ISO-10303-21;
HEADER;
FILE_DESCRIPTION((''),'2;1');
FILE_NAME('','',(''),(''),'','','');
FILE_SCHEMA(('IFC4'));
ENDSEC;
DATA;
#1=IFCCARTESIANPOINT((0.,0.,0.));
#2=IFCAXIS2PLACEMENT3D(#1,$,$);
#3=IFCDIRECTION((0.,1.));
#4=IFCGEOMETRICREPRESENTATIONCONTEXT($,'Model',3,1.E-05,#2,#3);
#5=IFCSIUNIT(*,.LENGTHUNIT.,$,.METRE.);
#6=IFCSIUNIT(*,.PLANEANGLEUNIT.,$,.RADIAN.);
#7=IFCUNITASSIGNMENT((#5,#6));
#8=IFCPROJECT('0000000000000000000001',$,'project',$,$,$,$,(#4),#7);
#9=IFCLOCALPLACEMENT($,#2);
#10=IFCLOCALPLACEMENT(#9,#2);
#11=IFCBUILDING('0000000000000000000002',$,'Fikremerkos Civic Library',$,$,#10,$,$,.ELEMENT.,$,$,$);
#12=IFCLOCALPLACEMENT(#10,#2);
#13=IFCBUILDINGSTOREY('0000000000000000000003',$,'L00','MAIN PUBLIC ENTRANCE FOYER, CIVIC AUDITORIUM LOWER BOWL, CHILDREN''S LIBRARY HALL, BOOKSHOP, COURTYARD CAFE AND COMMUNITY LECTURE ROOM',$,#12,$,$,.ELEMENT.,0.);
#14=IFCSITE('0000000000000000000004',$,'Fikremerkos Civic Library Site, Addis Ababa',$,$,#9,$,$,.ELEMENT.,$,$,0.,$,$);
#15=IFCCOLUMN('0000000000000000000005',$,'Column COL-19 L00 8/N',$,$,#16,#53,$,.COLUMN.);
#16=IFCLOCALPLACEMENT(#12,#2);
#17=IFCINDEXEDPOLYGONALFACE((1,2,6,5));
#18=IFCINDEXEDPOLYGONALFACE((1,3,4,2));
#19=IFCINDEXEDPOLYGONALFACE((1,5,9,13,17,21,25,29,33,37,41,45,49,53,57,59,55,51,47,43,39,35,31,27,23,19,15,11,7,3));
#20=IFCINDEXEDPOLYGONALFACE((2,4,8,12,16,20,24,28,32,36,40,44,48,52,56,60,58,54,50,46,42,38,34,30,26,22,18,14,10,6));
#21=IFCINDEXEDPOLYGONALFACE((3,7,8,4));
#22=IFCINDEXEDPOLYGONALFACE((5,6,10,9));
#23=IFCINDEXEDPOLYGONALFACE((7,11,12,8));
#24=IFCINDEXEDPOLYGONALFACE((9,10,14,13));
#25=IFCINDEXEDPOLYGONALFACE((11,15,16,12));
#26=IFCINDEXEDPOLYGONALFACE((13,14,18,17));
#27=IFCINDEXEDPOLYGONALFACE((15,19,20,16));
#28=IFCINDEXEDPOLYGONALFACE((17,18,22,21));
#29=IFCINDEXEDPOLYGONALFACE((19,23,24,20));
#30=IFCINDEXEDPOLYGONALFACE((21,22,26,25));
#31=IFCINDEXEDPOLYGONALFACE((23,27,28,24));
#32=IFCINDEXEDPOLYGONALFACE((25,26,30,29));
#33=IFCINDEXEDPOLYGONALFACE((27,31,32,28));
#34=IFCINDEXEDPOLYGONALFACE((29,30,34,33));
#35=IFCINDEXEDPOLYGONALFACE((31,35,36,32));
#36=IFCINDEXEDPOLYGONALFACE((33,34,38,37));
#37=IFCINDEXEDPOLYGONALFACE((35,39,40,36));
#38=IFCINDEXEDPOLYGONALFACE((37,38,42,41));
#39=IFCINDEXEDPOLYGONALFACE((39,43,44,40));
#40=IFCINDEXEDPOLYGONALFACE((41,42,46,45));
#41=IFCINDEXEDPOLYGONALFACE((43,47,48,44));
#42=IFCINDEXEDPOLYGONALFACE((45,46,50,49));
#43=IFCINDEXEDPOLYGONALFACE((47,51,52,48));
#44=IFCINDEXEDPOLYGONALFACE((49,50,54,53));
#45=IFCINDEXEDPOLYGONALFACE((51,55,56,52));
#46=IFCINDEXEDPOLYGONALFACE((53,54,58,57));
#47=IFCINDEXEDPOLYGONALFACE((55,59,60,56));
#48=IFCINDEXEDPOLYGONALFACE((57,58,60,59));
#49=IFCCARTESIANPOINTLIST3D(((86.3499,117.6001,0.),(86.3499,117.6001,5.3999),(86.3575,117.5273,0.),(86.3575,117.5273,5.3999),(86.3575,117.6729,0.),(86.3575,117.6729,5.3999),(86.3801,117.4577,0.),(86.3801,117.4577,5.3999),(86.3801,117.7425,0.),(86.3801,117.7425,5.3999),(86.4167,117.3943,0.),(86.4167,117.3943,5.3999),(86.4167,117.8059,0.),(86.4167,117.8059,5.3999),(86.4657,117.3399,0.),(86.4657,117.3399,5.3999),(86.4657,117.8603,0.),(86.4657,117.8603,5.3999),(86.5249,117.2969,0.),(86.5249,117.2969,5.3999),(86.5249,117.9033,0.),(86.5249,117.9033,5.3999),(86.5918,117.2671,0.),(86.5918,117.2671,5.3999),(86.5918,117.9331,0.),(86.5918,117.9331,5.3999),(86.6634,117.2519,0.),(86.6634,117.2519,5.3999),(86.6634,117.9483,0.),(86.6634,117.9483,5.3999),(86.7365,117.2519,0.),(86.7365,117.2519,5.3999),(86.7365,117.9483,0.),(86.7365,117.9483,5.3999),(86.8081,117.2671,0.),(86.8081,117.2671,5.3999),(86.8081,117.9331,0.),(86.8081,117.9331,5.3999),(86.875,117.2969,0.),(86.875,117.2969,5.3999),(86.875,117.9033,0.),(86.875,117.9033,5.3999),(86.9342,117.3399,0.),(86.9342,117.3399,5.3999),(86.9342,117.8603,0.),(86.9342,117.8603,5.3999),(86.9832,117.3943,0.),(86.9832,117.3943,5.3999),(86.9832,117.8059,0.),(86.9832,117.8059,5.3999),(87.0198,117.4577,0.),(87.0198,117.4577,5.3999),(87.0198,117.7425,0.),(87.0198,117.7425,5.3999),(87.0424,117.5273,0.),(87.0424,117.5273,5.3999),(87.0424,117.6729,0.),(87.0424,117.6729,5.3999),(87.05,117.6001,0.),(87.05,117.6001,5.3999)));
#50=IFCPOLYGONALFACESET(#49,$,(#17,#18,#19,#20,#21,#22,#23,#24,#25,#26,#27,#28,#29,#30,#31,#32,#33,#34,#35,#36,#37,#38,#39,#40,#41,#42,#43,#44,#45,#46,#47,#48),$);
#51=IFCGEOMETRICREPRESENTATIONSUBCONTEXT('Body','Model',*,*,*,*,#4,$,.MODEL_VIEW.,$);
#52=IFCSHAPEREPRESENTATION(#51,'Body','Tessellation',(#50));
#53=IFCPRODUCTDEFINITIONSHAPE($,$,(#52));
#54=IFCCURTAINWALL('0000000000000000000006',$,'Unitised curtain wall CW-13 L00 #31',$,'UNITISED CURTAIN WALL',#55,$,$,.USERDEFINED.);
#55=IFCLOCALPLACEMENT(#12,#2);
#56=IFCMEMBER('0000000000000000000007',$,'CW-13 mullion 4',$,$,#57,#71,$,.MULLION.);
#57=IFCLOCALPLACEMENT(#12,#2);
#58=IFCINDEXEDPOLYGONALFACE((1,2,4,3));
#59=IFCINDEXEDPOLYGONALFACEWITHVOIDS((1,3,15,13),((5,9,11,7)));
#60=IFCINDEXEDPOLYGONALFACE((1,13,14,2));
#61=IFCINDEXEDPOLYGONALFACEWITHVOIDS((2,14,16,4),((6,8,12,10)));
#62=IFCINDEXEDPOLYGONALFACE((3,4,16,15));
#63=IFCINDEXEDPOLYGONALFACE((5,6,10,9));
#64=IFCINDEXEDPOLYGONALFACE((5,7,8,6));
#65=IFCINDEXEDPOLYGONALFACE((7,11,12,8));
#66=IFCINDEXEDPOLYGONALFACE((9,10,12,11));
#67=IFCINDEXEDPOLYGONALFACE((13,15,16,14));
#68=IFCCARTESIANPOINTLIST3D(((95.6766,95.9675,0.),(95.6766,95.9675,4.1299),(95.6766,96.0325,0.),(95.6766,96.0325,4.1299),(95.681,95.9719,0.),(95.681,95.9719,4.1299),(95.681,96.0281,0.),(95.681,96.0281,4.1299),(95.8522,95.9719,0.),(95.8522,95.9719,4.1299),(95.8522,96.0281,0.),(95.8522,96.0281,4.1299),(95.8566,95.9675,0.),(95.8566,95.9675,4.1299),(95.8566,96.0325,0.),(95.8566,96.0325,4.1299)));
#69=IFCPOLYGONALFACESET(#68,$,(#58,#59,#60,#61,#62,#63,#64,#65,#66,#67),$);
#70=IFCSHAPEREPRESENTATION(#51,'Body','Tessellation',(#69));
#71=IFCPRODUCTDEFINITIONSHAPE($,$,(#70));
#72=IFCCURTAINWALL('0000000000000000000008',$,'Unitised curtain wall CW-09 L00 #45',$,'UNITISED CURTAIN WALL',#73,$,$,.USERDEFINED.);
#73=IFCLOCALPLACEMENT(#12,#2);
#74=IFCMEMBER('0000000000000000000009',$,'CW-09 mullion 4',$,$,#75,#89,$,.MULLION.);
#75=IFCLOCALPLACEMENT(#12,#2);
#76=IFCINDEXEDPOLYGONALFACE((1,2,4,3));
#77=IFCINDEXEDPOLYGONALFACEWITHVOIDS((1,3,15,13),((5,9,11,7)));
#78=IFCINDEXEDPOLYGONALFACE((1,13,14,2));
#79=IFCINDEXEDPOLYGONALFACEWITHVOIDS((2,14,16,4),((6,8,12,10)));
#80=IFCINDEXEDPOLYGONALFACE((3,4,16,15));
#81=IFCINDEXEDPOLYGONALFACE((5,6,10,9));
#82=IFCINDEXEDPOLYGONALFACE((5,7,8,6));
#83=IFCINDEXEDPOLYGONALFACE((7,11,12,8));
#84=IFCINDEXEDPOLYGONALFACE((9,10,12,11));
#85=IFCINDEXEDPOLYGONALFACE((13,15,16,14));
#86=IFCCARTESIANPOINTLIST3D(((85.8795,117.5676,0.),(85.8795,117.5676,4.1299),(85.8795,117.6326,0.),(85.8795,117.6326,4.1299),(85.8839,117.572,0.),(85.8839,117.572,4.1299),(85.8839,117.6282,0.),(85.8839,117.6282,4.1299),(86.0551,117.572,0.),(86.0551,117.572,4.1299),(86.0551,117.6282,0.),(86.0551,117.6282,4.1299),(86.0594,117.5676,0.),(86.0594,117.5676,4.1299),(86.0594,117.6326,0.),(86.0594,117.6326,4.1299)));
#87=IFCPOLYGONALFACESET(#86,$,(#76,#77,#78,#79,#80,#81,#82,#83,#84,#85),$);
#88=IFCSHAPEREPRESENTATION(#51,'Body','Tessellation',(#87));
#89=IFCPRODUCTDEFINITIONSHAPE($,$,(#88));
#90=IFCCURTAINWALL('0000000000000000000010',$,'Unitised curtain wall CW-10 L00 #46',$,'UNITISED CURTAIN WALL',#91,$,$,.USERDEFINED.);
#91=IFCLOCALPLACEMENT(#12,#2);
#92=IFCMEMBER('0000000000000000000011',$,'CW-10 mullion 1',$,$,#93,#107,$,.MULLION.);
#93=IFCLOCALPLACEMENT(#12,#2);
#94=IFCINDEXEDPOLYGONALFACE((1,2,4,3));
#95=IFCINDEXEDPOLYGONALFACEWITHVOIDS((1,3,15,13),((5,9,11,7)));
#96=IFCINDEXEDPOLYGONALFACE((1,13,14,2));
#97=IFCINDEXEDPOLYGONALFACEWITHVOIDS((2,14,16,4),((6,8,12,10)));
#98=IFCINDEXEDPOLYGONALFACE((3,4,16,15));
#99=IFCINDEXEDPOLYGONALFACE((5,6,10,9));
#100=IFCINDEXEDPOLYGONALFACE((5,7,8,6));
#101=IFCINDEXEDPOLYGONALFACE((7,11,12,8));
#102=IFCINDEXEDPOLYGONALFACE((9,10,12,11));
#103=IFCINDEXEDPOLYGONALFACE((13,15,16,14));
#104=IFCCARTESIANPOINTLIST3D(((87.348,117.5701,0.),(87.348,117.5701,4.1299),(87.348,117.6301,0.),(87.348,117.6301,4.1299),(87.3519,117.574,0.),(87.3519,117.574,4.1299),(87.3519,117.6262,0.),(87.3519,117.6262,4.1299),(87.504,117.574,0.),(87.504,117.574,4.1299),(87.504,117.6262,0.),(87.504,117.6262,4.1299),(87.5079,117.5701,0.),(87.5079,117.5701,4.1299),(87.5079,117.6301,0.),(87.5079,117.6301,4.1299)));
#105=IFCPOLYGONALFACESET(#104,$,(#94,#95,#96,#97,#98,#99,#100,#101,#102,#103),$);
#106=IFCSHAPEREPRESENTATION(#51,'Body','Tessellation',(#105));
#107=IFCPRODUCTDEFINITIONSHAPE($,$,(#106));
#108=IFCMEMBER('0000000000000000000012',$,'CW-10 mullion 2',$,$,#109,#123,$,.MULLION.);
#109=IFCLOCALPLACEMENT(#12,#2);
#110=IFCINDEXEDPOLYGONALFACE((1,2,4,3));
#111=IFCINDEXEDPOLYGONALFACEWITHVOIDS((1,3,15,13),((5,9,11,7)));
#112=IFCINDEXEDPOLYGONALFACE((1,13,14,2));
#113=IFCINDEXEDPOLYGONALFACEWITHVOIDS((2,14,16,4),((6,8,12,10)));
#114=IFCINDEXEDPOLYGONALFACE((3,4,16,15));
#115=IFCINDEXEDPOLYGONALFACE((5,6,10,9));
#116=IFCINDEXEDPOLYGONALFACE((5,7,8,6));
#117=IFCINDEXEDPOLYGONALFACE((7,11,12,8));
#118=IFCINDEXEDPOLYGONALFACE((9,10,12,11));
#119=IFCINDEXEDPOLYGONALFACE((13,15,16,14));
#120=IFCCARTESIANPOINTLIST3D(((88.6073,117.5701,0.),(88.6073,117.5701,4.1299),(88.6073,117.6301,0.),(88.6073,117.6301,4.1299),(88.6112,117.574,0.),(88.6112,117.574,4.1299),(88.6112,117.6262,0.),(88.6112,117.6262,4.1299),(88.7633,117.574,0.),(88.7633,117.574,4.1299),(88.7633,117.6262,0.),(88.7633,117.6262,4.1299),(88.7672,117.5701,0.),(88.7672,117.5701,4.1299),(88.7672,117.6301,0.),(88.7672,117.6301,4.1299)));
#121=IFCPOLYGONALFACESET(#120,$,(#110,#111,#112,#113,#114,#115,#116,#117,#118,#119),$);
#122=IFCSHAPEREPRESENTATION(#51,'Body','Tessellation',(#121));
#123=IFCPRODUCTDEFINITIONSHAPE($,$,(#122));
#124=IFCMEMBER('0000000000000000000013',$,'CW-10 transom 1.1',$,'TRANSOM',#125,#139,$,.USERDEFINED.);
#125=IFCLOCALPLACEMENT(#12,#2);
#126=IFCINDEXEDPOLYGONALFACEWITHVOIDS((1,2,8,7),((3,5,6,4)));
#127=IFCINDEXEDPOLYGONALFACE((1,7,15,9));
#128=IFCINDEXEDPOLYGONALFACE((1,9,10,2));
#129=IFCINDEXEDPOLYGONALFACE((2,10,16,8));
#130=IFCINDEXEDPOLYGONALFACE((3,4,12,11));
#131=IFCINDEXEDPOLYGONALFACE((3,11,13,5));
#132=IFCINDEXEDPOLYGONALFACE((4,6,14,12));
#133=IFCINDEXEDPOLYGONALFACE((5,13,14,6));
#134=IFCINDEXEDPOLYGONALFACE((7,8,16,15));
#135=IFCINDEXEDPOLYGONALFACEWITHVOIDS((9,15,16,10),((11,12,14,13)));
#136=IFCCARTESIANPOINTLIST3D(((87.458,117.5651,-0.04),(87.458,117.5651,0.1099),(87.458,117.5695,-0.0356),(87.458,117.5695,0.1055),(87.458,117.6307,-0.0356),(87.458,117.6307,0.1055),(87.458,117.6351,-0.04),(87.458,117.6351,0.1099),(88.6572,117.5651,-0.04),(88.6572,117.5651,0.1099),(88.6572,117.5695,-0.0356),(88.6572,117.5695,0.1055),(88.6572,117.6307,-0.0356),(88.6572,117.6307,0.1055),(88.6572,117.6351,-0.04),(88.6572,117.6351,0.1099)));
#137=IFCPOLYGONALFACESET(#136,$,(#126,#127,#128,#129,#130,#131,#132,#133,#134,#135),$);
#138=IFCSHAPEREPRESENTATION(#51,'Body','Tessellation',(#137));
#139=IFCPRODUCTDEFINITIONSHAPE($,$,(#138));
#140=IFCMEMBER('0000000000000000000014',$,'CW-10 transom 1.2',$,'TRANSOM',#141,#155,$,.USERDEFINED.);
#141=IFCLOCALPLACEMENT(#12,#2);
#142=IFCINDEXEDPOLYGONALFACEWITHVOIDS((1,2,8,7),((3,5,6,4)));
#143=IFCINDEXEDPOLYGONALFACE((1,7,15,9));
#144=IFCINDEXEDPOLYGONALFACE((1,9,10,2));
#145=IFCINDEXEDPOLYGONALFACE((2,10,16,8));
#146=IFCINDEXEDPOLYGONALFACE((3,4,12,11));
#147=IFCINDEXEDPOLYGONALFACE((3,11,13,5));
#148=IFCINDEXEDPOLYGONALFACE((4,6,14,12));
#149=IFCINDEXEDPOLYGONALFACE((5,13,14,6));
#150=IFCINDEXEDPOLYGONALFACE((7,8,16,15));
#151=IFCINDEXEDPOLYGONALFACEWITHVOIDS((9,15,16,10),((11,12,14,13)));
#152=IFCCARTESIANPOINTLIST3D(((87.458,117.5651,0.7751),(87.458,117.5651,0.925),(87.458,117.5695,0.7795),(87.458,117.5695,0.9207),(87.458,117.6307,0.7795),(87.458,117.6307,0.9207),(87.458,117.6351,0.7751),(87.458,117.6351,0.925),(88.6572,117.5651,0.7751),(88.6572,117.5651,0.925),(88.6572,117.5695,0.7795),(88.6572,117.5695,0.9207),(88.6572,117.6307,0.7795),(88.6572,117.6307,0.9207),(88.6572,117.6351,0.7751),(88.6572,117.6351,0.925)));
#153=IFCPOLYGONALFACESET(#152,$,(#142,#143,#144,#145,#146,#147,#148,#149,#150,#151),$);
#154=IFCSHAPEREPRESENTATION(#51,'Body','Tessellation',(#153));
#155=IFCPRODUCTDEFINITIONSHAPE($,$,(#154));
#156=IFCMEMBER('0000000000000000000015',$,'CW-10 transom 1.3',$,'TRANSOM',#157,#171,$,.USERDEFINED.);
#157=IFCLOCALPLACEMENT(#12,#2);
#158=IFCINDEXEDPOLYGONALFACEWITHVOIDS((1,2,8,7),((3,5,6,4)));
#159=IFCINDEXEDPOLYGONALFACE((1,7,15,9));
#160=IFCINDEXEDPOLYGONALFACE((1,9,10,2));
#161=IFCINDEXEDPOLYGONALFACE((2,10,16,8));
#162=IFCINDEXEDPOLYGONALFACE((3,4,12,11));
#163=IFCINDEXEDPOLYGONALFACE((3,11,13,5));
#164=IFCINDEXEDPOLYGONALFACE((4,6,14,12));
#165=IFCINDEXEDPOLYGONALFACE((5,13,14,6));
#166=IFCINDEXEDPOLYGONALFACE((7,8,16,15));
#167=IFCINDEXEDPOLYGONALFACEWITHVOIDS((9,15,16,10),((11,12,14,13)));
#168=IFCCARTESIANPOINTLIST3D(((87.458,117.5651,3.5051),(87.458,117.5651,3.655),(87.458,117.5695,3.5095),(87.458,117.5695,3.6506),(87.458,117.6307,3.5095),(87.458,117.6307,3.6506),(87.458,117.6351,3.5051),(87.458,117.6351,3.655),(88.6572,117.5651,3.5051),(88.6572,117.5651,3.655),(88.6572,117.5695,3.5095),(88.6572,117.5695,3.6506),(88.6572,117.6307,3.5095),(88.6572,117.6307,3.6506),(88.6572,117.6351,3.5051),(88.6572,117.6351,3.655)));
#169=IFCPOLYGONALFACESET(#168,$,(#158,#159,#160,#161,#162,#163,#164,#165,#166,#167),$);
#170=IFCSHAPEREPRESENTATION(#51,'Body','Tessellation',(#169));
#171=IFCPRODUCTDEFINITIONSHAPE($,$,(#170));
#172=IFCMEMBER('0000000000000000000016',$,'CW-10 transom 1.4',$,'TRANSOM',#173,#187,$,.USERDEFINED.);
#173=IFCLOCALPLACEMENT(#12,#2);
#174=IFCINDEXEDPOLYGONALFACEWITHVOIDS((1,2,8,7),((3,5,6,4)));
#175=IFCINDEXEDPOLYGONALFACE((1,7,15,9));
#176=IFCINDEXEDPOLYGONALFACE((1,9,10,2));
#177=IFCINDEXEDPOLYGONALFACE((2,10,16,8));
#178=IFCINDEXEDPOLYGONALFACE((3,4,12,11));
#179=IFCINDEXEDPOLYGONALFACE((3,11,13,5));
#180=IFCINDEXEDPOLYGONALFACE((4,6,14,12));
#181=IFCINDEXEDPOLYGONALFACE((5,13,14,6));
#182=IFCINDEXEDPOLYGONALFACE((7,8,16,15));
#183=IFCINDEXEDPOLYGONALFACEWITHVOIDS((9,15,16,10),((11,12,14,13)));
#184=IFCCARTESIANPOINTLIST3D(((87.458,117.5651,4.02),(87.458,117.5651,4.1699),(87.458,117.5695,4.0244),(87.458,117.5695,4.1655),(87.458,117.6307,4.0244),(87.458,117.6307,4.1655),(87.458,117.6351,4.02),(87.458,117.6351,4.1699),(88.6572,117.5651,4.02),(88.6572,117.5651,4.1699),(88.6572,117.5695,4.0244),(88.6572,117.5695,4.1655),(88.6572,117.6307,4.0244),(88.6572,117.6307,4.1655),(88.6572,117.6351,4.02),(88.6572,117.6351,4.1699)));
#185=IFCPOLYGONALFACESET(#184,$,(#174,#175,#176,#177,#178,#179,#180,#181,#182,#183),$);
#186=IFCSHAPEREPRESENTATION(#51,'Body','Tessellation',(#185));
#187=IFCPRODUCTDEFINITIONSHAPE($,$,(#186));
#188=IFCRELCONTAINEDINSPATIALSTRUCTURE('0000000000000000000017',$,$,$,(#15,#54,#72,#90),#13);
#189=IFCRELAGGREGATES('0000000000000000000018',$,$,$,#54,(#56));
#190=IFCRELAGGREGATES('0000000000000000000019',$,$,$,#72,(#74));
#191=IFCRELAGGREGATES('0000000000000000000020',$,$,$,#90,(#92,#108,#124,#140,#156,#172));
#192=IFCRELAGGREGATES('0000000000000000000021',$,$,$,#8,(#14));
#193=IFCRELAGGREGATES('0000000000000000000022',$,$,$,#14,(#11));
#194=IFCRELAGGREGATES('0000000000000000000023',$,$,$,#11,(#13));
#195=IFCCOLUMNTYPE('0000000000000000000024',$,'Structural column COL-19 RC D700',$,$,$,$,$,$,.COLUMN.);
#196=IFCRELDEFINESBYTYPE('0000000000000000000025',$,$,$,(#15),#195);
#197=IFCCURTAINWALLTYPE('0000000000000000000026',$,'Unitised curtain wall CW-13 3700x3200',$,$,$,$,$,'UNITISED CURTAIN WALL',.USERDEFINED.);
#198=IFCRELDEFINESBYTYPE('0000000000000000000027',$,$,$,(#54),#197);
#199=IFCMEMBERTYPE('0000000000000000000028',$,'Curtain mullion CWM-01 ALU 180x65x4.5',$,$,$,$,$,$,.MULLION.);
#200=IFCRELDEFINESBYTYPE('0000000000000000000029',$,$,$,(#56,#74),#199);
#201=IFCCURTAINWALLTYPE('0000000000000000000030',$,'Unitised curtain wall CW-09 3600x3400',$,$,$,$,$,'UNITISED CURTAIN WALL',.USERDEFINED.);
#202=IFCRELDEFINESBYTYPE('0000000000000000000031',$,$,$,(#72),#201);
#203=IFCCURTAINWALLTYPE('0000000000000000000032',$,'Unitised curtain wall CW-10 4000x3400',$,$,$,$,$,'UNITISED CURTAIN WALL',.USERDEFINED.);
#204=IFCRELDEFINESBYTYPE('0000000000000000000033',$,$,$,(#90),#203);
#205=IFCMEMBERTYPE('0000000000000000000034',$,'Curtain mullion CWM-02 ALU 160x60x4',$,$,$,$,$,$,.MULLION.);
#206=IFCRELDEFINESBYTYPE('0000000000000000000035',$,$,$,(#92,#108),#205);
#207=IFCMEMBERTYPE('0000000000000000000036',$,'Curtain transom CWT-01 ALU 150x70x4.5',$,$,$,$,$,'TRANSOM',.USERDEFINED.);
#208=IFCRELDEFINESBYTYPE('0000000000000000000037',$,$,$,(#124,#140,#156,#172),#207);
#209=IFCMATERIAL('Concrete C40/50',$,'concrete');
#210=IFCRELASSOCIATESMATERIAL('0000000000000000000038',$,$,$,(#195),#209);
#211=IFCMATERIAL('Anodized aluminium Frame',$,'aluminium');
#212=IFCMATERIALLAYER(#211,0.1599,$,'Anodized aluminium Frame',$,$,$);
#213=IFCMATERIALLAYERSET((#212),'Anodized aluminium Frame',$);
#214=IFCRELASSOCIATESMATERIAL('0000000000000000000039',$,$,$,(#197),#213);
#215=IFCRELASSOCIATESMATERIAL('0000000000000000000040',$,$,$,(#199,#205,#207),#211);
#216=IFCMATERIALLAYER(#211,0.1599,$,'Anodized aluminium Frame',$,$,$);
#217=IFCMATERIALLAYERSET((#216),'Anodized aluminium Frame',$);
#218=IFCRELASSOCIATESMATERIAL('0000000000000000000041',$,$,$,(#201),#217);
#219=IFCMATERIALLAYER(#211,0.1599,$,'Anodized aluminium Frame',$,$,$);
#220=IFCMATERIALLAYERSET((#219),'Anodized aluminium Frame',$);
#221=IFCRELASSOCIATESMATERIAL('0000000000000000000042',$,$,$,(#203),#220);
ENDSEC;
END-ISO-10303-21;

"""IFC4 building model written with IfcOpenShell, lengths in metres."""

from ifc_helpers import new_model, si_unit, direction, frame, origin, origin_2d, place, context, subcontext, project, spatial, hollow_rectangle, circle, extrude, material, layer, layer_set, material_profile, profile_set, type_object, element, aggregate, save


model = new_model("IFC4")

# Units and contexts
model_context = context("Model", 3, precision=1e-05, world=origin(), true_north=direction((0.0, 1.0)))
body_context = subcontext(model_context, "Body", "Model", "MODEL_VIEW")
ifc_project = project(units=[si_unit("LENGTHUNIT", "METRE"), si_unit("PLANEANGLEUNIT", "RADIAN")], contexts=[model_context])

# Site, building, storey
site_placement = place(None, origin())
site = spatial("IfcSite", under=ifc_project, at=site_placement, Name="Fikremerkos Civic Library Site, Addis Ababa", CompositionType="ELEMENT", RefElevation=0.0)
building_placement = place(site_placement, origin())
building = spatial("IfcBuilding", under=site, at=building_placement, Name="Fikremerkos Civic Library", CompositionType="ELEMENT")
storey_placement = place(building_placement, origin())
storey = spatial("IfcBuildingStorey", under=building, at=storey_placement, Name="L00", Description="MAIN PUBLIC ENTRANCE FOYER, CIVIC AUDITORIUM LOWER BOWL, CHILDREN'S LIBRARY HALL, BOOKSHOP, COURTYARD CAFE AND COMMUNITY LECTURE ROOM", CompositionType="ELEMENT", Elevation=0.0)

# Column
ifc_material_1 = material(Name="Concrete C40/50", Category="concrete")
ifc_material_profile_1 = material_profile(ifc_material_1, circle(Radius=0.3501, at=origin_2d()), Name="RC D700")
ifc_profile_set_1 = profile_set([ifc_material_profile_1], Name="Concrete C40/50")
column_type = type_object("IfcColumnType", Name="Structural column COL-19 RC D700", PredefinedType="COLUMN", material=ifc_profile_set_1)
column_placement = place(storey_placement, frame((86.7, 117.6001, 0.0), z_axis=(0.0, 0.0, 1.0), x_axis=(1.0, 0.0, 0.0)))
element("IfcColumn", 1, at=column_placement, inside=storey, type_object=column_type, Name="Column COL-19 L00 8/N", PredefinedType="COLUMN", context=body_context, shape_type="SweptSolid", body=[
    extrude(circle(Radius=0.3501, at=origin_2d()), origin(), (0.0, 0.0, 1.0), 5.3999),
])

# Curtain walls, members
ifc_material_2 = material(Name="Anodized aluminium Frame", Category="aluminium")
ifc_layer_1 = layer(ifc_material_2, 0.1599, Name="Anodized aluminium Frame")
ifc_layer_set_1 = layer_set([ifc_layer_1], Name="Anodized aluminium Frame")
curtain_wall_type_1 = type_object("IfcCurtainWallType", Name="Unitised curtain wall CW-13 3700x3200", ElementType="UNITISED CURTAIN WALL", PredefinedType="USERDEFINED", material=ifc_layer_set_1)
curtain_wall_1_placement = place(storey_placement, origin())
curtain_wall_1 = element("IfcCurtainWall", 2, at=curtain_wall_1_placement, inside=storey, type_object=curtain_wall_type_1, Name="Unitised curtain wall CW-13 L00 #31", ObjectType="UNITISED CURTAIN WALL", PredefinedType="USERDEFINED")
ifc_material_profile_2 = material_profile(ifc_material_2, hollow_rectangle(XDim=0.0649, YDim=0.1799, WallThickness=0.0044, at=origin_2d()), Name="ALU 180x65x4.5")
ifc_profile_set_2 = profile_set([ifc_material_profile_2], Name="Anodized aluminium Frame")
member_type_1 = type_object("IfcMemberType", Name="Curtain mullion CWM-01 ALU 180x65x4.5", PredefinedType="MULLION", material=ifc_profile_set_2)
member_1_placement = place(storey_placement, frame((95.7666, 96.0, 0.0), z_axis=(0.0, 0.0, 1.0), x_axis=(0.0, -1.0, 0.0)))
member_1 = element("IfcMember", 3, at=member_1_placement, type_object=member_type_1, Name="CW-13 mullion 4", PredefinedType="MULLION", context=body_context, shape_type="SweptSolid", body=[
    extrude(hollow_rectangle(XDim=0.0649, YDim=0.1799, WallThickness=0.0044, at=origin_2d()), origin(), (0.0, 0.0, 1.0), 4.1299),
])
ifc_layer_2 = layer(ifc_material_2, 0.1599, Name="Anodized aluminium Frame")
ifc_layer_set_2 = layer_set([ifc_layer_2], Name="Anodized aluminium Frame")
curtain_wall_type_2 = type_object("IfcCurtainWallType", Name="Unitised curtain wall CW-09 3600x3400", ElementType="UNITISED CURTAIN WALL", PredefinedType="USERDEFINED", material=ifc_layer_set_2)
curtain_wall_2_placement = place(storey_placement, origin())
curtain_wall_2 = element("IfcCurtainWall", 4, at=curtain_wall_2_placement, inside=storey, type_object=curtain_wall_type_2, Name="Unitised curtain wall CW-09 L00 #45", ObjectType="UNITISED CURTAIN WALL", PredefinedType="USERDEFINED")
member_2_placement = place(storey_placement, frame((85.9695, 117.6001, 0.0), z_axis=(0.0, 0.0, 1.0), x_axis=(0.0, 1.0, 0.0)))
member_2 = element("IfcMember", 5, at=member_2_placement, type_object=member_type_1, Name="CW-09 mullion 4", PredefinedType="MULLION", context=body_context, shape_type="SweptSolid", body=[
    extrude(hollow_rectangle(XDim=0.0649, YDim=0.1799, WallThickness=0.0044, at=origin_2d()), origin(), (0.0, 0.0, 1.0), 4.1299),
])

# Curtain wall, members
ifc_layer_3 = layer(ifc_material_2, 0.1599, Name="Anodized aluminium Frame")
ifc_layer_set_3 = layer_set([ifc_layer_3], Name="Anodized aluminium Frame")
curtain_wall_type_3 = type_object("IfcCurtainWallType", Name="Unitised curtain wall CW-10 4000x3400", ElementType="UNITISED CURTAIN WALL", PredefinedType="USERDEFINED", material=ifc_layer_set_3)
curtain_wall_3_placement = place(storey_placement, origin())
curtain_wall_3 = element("IfcCurtainWall", 6, at=curtain_wall_3_placement, inside=storey, type_object=curtain_wall_type_3, Name="Unitised curtain wall CW-10 L00 #46", ObjectType="UNITISED CURTAIN WALL", PredefinedType="USERDEFINED")
ifc_material_profile_3 = material_profile(ifc_material_2, hollow_rectangle(XDim=0.0601, YDim=0.1599, WallThickness=0.0039, at=origin_2d()), Name="ALU 160x60x4")
ifc_profile_set_3 = profile_set([ifc_material_profile_3], Name="Anodized aluminium Frame")
member_type_2 = type_object("IfcMemberType", Name="Curtain mullion CWM-02 ALU 160x60x4", PredefinedType="MULLION", material=ifc_profile_set_3)
member_3_placement = place(storey_placement, frame((87.428, 117.6001, 0.0), z_axis=(0.0, 0.0, 1.0), x_axis=(0.0, 1.0, 0.0)))
member_3 = element("IfcMember", 7, at=member_3_placement, type_object=member_type_2, Name="CW-10 mullion 1", PredefinedType="MULLION", context=body_context, shape_type="SweptSolid", body=[
    extrude(hollow_rectangle(XDim=0.0601, YDim=0.1599, WallThickness=0.0039, at=origin_2d()), origin(), (0.0, 0.0, 1.0), 4.1299),
])
member_4_placement = place(storey_placement, frame((88.6873, 117.6001, 0.0), z_axis=(0.0, 0.0, 1.0), x_axis=(0.0, 1.0, 0.0)))
member_4 = element("IfcMember", 8, at=member_4_placement, type_object=member_type_2, Name="CW-10 mullion 2", PredefinedType="MULLION", context=body_context, shape_type="SweptSolid", body=[
    extrude(hollow_rectangle(XDim=0.0601, YDim=0.1599, WallThickness=0.0039, at=origin_2d()), origin(), (0.0, 0.0, 1.0), 4.1299),
])
ifc_material_profile_4 = material_profile(ifc_material_2, hollow_rectangle(XDim=0.0701, YDim=0.1499, WallThickness=0.0044, at=origin_2d()), Name="ALU 150x70x4.5")
ifc_profile_set_4 = profile_set([ifc_material_profile_4], Name="Anodized aluminium Frame")
member_type_3 = type_object("IfcMemberType", Name="Curtain transom CWT-01 ALU 150x70x4.5", ElementType="TRANSOM", PredefinedType="USERDEFINED", material=ifc_profile_set_4)
member_5_placement = place(storey_placement, frame((87.458, 117.6001, 0.0349), z_axis=(1.0, 0.0, 0.0), x_axis=(0.0, 1.0, 0.0)))
member_5 = element("IfcMember", 9, at=member_5_placement, type_object=member_type_3, Name="CW-10 transom 1.1", ObjectType="TRANSOM", PredefinedType="USERDEFINED", context=body_context, shape_type="SweptSolid", body=[
    extrude(hollow_rectangle(XDim=0.0701, YDim=0.1499, WallThickness=0.0044, at=origin_2d()), origin(), (0.0, 0.0, 1.0), 1.1992),
])
member_6_placement = place(storey_placement, frame((87.458, 117.6001, 0.8501), z_axis=(1.0, 0.0, 0.0), x_axis=(0.0, 1.0, 0.0)))
member_6 = element("IfcMember", 10, at=member_6_placement, type_object=member_type_3, Name="CW-10 transom 1.2", ObjectType="TRANSOM", PredefinedType="USERDEFINED", context=body_context, shape_type="SweptSolid", body=[
    extrude(hollow_rectangle(XDim=0.0701, YDim=0.1499, WallThickness=0.0044, at=origin_2d()), origin(), (0.0, 0.0, 1.0), 1.1992),
])
member_7_placement = place(storey_placement, frame((87.458, 117.6001, 3.5801), z_axis=(1.0, 0.0, 0.0), x_axis=(0.0, 1.0, 0.0)))
member_7 = element("IfcMember", 11, at=member_7_placement, type_object=member_type_3, Name="CW-10 transom 1.3", ObjectType="TRANSOM", PredefinedType="USERDEFINED", context=body_context, shape_type="SweptSolid", body=[
    extrude(hollow_rectangle(XDim=0.0701, YDim=0.1499, WallThickness=0.0044, at=origin_2d()), origin(), (0.0, 0.0, 1.0), 1.1992),
])
member_8_placement = place(storey_placement, frame((87.458, 117.6001, 4.095), z_axis=(1.0, 0.0, 0.0), x_axis=(0.0, 1.0, 0.0)))
member_8 = element("IfcMember", 12, at=member_8_placement, type_object=member_type_3, Name="CW-10 transom 1.4", ObjectType="TRANSOM", PredefinedType="USERDEFINED", context=body_context, shape_type="SweptSolid", body=[
    extrude(hollow_rectangle(XDim=0.0701, YDim=0.1499, WallThickness=0.0044, at=origin_2d()), origin(), (0.0, 0.0, 1.0), 1.1992),
])

aggregate(curtain_wall_1, [member_1])
aggregate(curtain_wall_2, [member_2])
aggregate(curtain_wall_3, [member_3, member_4, member_5, member_6, member_7, member_8])

save(model, "model.ifc")
